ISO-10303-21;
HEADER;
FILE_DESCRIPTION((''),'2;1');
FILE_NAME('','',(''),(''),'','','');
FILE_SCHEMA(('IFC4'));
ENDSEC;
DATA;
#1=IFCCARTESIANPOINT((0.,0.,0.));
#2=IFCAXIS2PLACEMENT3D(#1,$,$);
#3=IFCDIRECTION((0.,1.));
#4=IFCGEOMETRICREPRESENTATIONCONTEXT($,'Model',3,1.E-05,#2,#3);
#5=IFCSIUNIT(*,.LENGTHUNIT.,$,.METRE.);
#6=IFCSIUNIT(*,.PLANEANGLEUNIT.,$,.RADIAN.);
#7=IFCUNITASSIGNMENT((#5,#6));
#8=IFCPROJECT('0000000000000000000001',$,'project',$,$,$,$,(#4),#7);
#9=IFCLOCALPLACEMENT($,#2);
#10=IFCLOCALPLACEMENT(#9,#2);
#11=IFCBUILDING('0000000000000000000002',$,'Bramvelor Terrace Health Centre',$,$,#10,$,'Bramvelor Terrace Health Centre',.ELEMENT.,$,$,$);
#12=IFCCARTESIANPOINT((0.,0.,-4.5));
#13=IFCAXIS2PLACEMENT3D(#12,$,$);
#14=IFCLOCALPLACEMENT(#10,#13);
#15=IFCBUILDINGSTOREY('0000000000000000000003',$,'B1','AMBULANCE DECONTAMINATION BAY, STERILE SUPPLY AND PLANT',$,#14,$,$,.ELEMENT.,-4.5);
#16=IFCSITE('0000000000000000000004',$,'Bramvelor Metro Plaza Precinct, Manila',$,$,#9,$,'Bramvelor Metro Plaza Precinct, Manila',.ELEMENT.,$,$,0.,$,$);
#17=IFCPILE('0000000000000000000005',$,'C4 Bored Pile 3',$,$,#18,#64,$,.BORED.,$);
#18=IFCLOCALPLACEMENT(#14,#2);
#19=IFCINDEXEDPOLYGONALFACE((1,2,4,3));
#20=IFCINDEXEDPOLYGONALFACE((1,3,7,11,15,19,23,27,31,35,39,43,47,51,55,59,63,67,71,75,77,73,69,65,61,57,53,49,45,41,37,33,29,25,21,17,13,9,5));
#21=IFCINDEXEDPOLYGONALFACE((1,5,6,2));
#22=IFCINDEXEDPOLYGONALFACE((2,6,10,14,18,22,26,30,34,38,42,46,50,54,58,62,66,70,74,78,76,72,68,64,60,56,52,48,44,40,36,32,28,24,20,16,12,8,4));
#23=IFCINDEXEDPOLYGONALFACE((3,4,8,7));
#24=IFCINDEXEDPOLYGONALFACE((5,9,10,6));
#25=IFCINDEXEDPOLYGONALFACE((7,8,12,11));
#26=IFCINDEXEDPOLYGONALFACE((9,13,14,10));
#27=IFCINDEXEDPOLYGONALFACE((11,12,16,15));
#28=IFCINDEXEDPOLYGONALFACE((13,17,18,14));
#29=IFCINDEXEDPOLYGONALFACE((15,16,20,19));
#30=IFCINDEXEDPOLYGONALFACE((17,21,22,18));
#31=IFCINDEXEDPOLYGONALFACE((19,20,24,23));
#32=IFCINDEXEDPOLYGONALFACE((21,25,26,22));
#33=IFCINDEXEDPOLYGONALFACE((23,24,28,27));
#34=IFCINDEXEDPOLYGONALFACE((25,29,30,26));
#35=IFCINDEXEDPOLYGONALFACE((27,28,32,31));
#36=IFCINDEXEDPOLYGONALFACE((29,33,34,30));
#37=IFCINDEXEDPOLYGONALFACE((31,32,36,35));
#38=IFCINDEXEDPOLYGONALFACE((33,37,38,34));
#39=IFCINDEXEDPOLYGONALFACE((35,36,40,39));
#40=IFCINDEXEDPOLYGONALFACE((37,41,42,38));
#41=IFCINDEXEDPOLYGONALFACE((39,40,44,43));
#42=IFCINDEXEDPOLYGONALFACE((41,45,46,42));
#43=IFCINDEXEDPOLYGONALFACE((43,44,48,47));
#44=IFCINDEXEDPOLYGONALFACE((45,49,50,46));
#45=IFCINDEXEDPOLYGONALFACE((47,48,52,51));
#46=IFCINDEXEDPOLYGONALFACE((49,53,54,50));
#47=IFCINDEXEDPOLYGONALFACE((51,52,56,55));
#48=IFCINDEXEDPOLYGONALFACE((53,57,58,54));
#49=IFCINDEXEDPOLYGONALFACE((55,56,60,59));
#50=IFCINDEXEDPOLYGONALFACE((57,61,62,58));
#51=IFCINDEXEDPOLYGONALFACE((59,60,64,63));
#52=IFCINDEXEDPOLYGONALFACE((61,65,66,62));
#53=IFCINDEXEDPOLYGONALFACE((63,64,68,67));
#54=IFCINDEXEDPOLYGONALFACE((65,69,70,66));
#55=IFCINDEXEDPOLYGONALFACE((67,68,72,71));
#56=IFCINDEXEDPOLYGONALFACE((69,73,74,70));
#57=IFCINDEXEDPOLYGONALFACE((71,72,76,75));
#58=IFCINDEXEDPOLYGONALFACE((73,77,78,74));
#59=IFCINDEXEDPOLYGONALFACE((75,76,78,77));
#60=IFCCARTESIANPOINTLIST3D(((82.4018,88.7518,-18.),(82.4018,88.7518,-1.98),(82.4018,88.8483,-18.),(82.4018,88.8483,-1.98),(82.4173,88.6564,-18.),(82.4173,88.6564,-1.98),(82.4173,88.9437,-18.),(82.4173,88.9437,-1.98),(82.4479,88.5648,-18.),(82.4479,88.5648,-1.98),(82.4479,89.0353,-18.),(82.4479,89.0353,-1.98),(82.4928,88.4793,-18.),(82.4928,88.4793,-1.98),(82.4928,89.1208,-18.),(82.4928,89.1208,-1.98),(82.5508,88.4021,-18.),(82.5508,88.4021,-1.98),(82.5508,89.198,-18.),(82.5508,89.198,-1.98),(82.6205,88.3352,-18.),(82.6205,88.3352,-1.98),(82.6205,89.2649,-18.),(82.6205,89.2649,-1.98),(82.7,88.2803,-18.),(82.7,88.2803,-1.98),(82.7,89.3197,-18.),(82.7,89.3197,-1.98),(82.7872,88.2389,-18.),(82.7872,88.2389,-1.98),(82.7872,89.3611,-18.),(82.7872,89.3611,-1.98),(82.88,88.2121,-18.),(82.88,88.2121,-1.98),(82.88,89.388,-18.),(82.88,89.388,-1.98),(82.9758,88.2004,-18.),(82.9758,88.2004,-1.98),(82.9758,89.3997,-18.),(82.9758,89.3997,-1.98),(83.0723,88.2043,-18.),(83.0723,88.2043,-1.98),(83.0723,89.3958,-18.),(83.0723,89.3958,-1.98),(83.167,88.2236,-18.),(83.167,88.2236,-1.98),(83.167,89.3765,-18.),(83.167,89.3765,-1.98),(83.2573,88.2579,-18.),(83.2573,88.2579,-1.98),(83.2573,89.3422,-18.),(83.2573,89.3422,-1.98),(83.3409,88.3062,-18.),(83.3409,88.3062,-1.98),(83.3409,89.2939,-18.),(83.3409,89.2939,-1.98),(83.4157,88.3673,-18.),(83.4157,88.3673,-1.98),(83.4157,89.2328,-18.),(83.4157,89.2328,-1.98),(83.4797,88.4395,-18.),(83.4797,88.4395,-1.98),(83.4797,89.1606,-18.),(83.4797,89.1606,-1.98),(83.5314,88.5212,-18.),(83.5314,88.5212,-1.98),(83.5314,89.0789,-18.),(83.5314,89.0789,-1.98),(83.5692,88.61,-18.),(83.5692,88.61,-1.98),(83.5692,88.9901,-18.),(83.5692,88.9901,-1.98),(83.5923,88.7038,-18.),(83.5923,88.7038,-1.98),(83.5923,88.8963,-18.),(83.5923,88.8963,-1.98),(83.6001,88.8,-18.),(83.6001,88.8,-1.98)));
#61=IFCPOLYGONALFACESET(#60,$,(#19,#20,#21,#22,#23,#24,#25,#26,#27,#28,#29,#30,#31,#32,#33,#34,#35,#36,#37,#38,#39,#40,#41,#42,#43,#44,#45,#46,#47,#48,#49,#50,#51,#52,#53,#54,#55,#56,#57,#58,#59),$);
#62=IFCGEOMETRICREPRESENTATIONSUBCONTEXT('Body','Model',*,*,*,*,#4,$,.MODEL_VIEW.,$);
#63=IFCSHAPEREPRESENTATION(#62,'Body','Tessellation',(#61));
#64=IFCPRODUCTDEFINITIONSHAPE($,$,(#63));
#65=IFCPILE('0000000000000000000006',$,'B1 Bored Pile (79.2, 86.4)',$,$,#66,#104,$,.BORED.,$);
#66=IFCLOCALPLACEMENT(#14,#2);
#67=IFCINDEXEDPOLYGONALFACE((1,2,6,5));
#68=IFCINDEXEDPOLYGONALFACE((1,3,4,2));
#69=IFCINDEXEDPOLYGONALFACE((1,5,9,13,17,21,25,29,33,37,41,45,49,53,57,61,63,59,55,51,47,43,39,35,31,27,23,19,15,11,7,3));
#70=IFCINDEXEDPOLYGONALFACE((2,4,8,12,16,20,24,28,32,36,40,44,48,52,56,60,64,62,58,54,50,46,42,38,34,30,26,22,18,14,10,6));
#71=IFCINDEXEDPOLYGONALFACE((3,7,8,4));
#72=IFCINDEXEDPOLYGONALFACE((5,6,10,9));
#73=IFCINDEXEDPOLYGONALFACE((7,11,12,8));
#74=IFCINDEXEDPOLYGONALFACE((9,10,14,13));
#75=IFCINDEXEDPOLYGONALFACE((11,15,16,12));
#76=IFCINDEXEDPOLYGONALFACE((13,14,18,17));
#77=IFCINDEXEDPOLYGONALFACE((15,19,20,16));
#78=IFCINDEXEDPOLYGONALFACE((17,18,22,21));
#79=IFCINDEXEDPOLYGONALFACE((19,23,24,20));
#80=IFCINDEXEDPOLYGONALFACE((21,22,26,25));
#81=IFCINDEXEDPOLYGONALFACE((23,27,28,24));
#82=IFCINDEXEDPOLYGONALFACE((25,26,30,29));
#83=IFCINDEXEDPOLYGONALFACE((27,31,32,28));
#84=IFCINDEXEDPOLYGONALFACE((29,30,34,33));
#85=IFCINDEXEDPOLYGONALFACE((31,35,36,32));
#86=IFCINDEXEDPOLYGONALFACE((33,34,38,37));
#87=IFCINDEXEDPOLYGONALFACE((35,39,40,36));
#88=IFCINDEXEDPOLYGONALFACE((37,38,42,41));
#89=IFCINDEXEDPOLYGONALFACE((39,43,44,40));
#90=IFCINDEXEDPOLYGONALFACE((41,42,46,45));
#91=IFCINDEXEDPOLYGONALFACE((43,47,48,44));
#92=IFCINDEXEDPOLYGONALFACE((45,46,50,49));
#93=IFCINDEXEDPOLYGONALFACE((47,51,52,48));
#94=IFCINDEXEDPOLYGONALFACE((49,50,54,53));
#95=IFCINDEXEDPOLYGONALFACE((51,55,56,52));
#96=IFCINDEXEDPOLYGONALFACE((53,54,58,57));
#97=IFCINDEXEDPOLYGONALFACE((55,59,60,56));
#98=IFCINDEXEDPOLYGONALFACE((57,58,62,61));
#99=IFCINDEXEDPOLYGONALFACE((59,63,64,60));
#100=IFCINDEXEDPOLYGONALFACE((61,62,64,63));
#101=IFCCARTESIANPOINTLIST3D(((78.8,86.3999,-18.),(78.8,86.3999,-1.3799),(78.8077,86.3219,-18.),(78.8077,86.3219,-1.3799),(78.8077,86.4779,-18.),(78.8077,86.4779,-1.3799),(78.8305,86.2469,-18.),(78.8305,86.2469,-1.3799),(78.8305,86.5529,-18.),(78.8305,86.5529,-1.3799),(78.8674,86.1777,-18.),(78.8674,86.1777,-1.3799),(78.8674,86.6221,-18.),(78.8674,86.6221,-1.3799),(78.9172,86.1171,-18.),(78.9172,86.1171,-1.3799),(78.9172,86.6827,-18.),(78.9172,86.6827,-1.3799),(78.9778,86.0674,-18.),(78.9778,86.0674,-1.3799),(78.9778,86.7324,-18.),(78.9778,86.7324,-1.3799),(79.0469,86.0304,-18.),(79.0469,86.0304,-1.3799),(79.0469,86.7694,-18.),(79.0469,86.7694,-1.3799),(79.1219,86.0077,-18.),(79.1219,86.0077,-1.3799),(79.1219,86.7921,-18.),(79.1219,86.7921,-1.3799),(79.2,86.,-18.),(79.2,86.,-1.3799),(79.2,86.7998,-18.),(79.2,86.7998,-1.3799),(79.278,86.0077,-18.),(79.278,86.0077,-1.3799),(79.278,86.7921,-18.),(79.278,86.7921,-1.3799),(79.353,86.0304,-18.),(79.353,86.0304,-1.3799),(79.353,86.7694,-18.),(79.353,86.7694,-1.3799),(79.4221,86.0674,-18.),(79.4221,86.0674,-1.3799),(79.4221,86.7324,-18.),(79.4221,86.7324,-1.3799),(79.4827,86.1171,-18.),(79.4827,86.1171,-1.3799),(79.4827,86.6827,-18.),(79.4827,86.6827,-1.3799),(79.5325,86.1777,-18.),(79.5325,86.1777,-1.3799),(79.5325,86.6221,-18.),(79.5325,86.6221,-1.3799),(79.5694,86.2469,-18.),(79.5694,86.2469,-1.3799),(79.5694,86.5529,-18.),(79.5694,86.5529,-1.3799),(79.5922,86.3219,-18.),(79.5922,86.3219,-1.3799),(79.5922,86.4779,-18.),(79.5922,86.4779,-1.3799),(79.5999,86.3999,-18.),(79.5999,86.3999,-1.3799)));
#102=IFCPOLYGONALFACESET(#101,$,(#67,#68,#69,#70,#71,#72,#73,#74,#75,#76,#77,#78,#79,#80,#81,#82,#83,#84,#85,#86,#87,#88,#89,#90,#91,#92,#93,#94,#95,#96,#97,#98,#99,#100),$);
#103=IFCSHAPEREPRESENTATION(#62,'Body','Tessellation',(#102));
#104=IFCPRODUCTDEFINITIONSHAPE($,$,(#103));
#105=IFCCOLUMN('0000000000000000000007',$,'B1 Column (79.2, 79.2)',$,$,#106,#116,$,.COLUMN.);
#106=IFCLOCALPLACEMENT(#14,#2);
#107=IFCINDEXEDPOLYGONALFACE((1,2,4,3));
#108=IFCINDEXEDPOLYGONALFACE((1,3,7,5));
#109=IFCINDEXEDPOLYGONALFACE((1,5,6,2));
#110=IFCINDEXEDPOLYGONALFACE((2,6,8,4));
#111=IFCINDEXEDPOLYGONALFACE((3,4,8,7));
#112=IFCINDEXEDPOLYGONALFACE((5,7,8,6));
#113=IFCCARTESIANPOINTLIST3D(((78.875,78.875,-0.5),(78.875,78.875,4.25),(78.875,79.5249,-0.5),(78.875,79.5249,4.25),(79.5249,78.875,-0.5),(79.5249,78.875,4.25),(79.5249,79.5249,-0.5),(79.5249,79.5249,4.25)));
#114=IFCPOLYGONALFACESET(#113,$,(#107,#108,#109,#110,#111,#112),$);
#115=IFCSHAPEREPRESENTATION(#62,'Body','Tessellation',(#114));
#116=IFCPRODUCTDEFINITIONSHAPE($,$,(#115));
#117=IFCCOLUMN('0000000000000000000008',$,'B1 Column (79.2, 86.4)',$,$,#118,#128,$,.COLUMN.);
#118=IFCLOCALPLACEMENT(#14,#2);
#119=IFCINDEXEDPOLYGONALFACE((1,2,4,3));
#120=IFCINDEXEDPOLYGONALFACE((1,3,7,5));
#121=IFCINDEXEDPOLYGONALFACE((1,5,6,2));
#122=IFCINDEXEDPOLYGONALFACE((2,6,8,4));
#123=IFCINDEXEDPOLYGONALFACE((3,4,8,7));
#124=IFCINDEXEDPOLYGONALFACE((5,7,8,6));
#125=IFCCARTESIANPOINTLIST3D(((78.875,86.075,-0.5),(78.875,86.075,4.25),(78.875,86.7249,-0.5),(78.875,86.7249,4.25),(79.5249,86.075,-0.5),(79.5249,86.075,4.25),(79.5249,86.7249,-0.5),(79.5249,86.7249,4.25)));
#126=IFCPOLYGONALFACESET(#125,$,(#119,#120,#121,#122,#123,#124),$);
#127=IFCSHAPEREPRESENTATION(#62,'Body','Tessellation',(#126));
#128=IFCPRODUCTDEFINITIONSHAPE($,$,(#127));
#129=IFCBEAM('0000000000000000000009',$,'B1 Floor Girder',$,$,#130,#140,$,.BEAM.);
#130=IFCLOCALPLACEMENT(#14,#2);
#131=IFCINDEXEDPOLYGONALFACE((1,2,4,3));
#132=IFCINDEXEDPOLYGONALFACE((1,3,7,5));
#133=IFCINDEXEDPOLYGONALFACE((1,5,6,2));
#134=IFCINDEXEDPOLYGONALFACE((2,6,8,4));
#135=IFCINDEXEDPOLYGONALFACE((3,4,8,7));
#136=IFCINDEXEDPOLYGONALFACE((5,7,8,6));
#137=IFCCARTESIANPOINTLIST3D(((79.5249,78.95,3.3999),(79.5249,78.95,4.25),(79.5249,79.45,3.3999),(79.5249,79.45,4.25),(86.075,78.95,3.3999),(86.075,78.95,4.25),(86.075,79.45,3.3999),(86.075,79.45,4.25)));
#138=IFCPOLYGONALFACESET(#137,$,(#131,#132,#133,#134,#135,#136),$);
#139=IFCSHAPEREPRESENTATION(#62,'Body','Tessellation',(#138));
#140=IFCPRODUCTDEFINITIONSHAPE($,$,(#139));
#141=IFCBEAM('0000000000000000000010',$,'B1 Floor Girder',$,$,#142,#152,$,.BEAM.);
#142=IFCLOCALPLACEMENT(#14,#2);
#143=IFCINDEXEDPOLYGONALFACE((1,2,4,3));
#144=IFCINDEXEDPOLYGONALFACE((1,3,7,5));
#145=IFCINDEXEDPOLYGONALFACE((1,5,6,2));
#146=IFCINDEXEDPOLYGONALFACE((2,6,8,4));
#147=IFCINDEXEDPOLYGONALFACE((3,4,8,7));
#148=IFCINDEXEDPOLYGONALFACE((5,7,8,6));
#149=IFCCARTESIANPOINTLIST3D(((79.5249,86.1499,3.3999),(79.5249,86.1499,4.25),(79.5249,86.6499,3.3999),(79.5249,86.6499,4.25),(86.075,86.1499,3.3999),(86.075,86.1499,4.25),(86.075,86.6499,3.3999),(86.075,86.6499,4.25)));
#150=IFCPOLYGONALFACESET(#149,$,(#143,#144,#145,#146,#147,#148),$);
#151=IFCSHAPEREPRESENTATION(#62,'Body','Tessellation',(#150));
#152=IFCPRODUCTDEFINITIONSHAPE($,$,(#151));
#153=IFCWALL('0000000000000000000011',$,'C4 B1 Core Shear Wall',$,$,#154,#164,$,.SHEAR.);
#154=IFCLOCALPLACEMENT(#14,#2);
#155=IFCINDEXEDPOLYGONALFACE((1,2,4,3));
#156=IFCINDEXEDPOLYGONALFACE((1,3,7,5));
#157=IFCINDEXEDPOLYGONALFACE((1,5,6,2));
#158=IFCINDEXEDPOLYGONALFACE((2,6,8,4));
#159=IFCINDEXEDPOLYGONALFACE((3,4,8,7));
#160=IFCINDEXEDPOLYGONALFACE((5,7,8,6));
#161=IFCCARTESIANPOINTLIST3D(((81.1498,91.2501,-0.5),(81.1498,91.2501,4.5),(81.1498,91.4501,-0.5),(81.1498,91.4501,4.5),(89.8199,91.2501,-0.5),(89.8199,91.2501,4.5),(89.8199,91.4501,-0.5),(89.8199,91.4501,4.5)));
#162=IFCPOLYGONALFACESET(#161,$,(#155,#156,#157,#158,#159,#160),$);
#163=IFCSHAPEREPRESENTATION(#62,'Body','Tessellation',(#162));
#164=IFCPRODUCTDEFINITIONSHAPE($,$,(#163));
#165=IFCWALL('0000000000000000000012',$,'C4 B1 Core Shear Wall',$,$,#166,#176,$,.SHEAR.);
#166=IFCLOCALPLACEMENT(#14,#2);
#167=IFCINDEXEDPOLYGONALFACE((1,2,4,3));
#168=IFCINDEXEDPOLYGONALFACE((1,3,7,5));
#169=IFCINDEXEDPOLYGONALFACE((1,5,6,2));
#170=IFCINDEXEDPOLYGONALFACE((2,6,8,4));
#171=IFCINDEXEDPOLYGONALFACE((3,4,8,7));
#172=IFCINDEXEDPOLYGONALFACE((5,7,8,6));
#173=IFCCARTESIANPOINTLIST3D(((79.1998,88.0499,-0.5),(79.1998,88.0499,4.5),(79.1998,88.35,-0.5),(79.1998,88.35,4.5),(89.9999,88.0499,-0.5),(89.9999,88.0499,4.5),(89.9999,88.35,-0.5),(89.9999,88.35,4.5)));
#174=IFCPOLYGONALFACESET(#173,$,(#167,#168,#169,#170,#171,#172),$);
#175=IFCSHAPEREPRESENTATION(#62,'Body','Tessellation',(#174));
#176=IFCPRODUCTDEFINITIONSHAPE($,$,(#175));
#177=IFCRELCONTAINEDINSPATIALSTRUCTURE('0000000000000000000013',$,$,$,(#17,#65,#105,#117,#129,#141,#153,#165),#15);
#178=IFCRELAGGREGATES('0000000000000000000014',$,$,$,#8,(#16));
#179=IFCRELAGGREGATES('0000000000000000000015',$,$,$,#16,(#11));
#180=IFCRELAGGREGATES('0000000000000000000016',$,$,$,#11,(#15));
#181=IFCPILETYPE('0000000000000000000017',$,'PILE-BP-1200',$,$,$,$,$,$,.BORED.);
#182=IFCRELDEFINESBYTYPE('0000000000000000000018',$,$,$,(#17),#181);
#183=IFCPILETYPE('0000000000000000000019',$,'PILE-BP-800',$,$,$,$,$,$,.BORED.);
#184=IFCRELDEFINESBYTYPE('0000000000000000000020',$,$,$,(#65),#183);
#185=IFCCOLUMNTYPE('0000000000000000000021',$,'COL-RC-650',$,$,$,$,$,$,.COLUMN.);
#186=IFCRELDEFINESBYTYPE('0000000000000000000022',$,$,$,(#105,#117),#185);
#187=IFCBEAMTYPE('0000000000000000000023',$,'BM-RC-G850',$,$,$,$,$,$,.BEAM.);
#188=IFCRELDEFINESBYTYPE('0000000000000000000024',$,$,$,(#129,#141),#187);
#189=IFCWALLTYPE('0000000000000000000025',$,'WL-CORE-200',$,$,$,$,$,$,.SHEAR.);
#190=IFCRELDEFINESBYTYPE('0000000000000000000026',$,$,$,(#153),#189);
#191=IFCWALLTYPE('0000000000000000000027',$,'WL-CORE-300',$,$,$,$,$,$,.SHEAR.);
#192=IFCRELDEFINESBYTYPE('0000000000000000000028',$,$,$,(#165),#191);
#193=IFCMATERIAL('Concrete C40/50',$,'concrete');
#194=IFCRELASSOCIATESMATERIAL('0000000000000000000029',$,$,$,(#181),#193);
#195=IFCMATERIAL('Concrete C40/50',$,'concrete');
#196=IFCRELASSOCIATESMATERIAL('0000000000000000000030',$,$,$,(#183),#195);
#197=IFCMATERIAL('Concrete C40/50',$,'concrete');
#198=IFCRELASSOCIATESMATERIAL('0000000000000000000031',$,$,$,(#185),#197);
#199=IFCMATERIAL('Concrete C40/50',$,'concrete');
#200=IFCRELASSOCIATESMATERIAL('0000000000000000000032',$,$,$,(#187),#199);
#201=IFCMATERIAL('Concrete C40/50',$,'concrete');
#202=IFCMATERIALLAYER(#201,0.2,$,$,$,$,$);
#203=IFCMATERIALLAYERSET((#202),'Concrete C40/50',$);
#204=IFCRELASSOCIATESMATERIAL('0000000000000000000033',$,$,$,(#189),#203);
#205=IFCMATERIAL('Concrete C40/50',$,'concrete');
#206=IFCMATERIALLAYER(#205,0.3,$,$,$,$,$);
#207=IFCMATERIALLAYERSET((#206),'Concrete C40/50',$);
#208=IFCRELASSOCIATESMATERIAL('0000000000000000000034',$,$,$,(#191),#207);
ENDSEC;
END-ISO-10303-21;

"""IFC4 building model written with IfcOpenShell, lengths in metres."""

from ifc_helpers import new_model, si_unit, direction, frame, frame_2d, origin, origin_2d, place, context, subcontext, project, spatial, rectangle, circle, extrude, material, layer, layer_set, material_profile, profile_set, type_object, element, save


model = new_model("IFC4")

# Units and contexts
model_context = context("Model", 3, precision=1e-05, world=origin(), true_north=direction((0.0, 1.0)))
body_context = subcontext(model_context, "Body", "Model", "MODEL_VIEW")
ifc_project = project(units=[si_unit("LENGTHUNIT", "METRE"), si_unit("PLANEANGLEUNIT", "RADIAN")], contexts=[model_context])

# Site, building, storey
site_placement = place(None, origin())
site = spatial("IfcSite", under=ifc_project, at=site_placement, Name="Bramvelor Metro Plaza Precinct, Manila", LongName="Bramvelor Metro Plaza Precinct, Manila", CompositionType="ELEMENT", RefElevation=0.0)
building_placement = place(site_placement, origin())
building = spatial("IfcBuilding", under=site, at=building_placement, Name="Bramvelor Terrace Health Centre", LongName="Bramvelor Terrace Health Centre", CompositionType="ELEMENT")
storey_placement = place(building_placement, frame((0.0, 0.0, -4.5)))
storey = spatial("IfcBuildingStorey", under=building, at=storey_placement, Name="B1", Description="AMBULANCE DECONTAMINATION BAY, STERILE SUPPLY AND PLANT", CompositionType="ELEMENT", Elevation=-4.5)

# Piles
ifc_material_1 = material(Name="Concrete C40/50", Category="concrete")
ifc_material_profile_1 = material_profile(ifc_material_1, circle(Radius=0.6001, at=origin_2d()), Name="BP D1200")
ifc_profile_set_1 = profile_set([ifc_material_profile_1], Name="Concrete C40/50")
pile_type_1 = type_object("IfcPileType", Name="PILE-BP-1200", PredefinedType="BORED", material=ifc_profile_set_1)
for number, where, z_axis, x_axis, name in (
    (1, (83.0, 88.8, -1.98), (0.0, 0.0, -1.0), (1.0, 0.0, 0.0), "C4 Bored Pile 3"),
):
    element("IfcPile", number, at=place(storey_placement, frame(where, z_axis=z_axis, x_axis=x_axis)), inside=storey, type_object=pile_type_1, Name=name, PredefinedType="BORED", context=body_context, shape_type="SweptSolid", body=[
        extrude(circle(Radius=0.6001, at=origin_2d()), origin(), (0.0, 0.0, 1.0), 16.02),
    ])
ifc_material_2 = material(Name="Concrete C40/50", Category="concrete")
ifc_material_profile_2 = material_profile(ifc_material_2, circle(Radius=0.3999, at=origin_2d()), Name="BP D800")
ifc_profile_set_2 = profile_set([ifc_material_profile_2], Name="Concrete C40/50")
pile_type_2 = type_object("IfcPileType", Name="PILE-BP-800", PredefinedType="BORED", material=ifc_profile_set_2)
pile_placement = place(storey_placement, frame((79.2, 86.3999, -1.3799), z_axis=(0.0, 0.0, -1.0), x_axis=(1.0, 0.0, 0.0)))
element("IfcPile", 2, at=pile_placement, inside=storey, type_object=pile_type_2, Name="B1 Bored Pile (79.2, 86.4)", PredefinedType="BORED", context=body_context, shape_type="SweptSolid", body=[
    extrude(circle(Radius=0.3999, at=origin_2d()), origin(), (0.0, 0.0, 1.0), 16.6201),
])

# Columns
ifc_material_3 = material(Name="Concrete C40/50", Category="concrete")
ifc_material_profile_3 = material_profile(ifc_material_3, rectangle(XDim=0.6499, YDim=0.6499, at=origin_2d()), Name="RC 650x650")
ifc_profile_set_3 = profile_set([ifc_material_profile_3], Name="Concrete C40/50")
column_type = type_object("IfcColumnType", Name="COL-RC-650", PredefinedType="COLUMN", material=ifc_profile_set_3)
for number, where, z_axis, x_axis, name in (
    (3, (79.2, 79.2, -0.5), (0.0, 0.0, 1.0), (1.0, 0.0, 0.0), "B1 Column (79.2, 79.2)"),
    (4, (79.2, 86.3999, -0.5), (0.0, 0.0, 1.0), (1.0, 0.0, 0.0), "B1 Column (79.2, 86.4)"),
):
    element("IfcColumn", number, at=place(storey_placement, frame(where, z_axis=z_axis, x_axis=x_axis)), inside=storey, type_object=column_type, Name=name, PredefinedType="COLUMN", context=body_context, shape_type="SweptSolid", body=[
        extrude(rectangle(XDim=0.6499, YDim=0.6499, at=origin_2d()), origin(), (0.0, 0.0, 1.0), 4.75),
    ])

# Beams
ifc_material_4 = material(Name="Concrete C40/50", Category="concrete")
ifc_material_profile_4 = material_profile(ifc_material_4, rectangle(XDim=0.5, YDim=0.8501, at=origin_2d()), Name="RC 500x850")
ifc_profile_set_4 = profile_set([ifc_material_profile_4], Name="Concrete C40/50")
beam_type = type_object("IfcBeamType", Name="BM-RC-G850", PredefinedType="BEAM", material=ifc_profile_set_4)
for number, where, z_axis, x_axis, name in (
    (5, (79.5249, 79.2, 3.825), (1.0, 0.0, 0.0), (0.0, 1.0, 0.0), "B1 Floor Girder"),
    (6, (79.5249, 86.3999, 3.825), (1.0, 0.0, 0.0), (0.0, 1.0, 0.0), "B1 Floor Girder"),
):
    element("IfcBeam", number, at=place(storey_placement, frame(where, z_axis=z_axis, x_axis=x_axis)), inside=storey, type_object=beam_type, Name=name, PredefinedType="BEAM", context=body_context, shape_type="SweptSolid", body=[
        extrude(rectangle(XDim=0.5, YDim=0.8501, at=origin_2d()), origin(), (0.0, 0.0, 1.0), 6.55),
    ])

# Walls
ifc_material_5 = material(Name="Concrete C40/50", Category="concrete")
ifc_layer_1 = layer(ifc_material_5, 0.2)
ifc_layer_set_1 = layer_set([ifc_layer_1], Name="Concrete C40/50")
wall_type_1 = type_object("IfcWallType", Name="WL-CORE-200", PredefinedType="SHEAR", material=ifc_layer_set_1)
wall_1_placement = place(storey_placement, frame((81.1499, 91.3501, -0.5), z_axis=(0.0, 0.0, 1.0), x_axis=(1.0, 0.0, 0.0)))
element("IfcWall", 7, at=wall_1_placement, inside=storey, type_object=wall_type_1, Name="C4 B1 Core Shear Wall", PredefinedType="SHEAR", context=body_context, shape_type="SweptSolid", body=[
    extrude(rectangle(XDim=8.6702, YDim=0.2, at=frame_2d((4.335, 0.0))), origin(), (0.0, 0.0, 1.0), 5.0),
])
ifc_material_6 = material(Name="Concrete C40/50", Category="concrete")
ifc_layer_2 = layer(ifc_material_6, 0.3)
ifc_layer_set_2 = layer_set([ifc_layer_2], Name="Concrete C40/50")
wall_type_2 = type_object("IfcWallType", Name="WL-CORE-300", PredefinedType="SHEAR", material=ifc_layer_set_2)
wall_2_placement = place(storey_placement, frame((79.2, 88.2, -0.5), z_axis=(0.0, 0.0, 1.0), x_axis=(1.0, 0.0, 0.0)))
element("IfcWall", 8, at=wall_2_placement, inside=storey, type_object=wall_type_2, Name="C4 B1 Core Shear Wall", PredefinedType="SHEAR", context=body_context, shape_type="SweptSolid", body=[
    extrude(rectangle(XDim=10.8, YDim=0.3, at=frame_2d((5.3999, 0.0))), origin(), (0.0, 0.0, 1.0), 5.0),
])

save(model, "model.ifc")
